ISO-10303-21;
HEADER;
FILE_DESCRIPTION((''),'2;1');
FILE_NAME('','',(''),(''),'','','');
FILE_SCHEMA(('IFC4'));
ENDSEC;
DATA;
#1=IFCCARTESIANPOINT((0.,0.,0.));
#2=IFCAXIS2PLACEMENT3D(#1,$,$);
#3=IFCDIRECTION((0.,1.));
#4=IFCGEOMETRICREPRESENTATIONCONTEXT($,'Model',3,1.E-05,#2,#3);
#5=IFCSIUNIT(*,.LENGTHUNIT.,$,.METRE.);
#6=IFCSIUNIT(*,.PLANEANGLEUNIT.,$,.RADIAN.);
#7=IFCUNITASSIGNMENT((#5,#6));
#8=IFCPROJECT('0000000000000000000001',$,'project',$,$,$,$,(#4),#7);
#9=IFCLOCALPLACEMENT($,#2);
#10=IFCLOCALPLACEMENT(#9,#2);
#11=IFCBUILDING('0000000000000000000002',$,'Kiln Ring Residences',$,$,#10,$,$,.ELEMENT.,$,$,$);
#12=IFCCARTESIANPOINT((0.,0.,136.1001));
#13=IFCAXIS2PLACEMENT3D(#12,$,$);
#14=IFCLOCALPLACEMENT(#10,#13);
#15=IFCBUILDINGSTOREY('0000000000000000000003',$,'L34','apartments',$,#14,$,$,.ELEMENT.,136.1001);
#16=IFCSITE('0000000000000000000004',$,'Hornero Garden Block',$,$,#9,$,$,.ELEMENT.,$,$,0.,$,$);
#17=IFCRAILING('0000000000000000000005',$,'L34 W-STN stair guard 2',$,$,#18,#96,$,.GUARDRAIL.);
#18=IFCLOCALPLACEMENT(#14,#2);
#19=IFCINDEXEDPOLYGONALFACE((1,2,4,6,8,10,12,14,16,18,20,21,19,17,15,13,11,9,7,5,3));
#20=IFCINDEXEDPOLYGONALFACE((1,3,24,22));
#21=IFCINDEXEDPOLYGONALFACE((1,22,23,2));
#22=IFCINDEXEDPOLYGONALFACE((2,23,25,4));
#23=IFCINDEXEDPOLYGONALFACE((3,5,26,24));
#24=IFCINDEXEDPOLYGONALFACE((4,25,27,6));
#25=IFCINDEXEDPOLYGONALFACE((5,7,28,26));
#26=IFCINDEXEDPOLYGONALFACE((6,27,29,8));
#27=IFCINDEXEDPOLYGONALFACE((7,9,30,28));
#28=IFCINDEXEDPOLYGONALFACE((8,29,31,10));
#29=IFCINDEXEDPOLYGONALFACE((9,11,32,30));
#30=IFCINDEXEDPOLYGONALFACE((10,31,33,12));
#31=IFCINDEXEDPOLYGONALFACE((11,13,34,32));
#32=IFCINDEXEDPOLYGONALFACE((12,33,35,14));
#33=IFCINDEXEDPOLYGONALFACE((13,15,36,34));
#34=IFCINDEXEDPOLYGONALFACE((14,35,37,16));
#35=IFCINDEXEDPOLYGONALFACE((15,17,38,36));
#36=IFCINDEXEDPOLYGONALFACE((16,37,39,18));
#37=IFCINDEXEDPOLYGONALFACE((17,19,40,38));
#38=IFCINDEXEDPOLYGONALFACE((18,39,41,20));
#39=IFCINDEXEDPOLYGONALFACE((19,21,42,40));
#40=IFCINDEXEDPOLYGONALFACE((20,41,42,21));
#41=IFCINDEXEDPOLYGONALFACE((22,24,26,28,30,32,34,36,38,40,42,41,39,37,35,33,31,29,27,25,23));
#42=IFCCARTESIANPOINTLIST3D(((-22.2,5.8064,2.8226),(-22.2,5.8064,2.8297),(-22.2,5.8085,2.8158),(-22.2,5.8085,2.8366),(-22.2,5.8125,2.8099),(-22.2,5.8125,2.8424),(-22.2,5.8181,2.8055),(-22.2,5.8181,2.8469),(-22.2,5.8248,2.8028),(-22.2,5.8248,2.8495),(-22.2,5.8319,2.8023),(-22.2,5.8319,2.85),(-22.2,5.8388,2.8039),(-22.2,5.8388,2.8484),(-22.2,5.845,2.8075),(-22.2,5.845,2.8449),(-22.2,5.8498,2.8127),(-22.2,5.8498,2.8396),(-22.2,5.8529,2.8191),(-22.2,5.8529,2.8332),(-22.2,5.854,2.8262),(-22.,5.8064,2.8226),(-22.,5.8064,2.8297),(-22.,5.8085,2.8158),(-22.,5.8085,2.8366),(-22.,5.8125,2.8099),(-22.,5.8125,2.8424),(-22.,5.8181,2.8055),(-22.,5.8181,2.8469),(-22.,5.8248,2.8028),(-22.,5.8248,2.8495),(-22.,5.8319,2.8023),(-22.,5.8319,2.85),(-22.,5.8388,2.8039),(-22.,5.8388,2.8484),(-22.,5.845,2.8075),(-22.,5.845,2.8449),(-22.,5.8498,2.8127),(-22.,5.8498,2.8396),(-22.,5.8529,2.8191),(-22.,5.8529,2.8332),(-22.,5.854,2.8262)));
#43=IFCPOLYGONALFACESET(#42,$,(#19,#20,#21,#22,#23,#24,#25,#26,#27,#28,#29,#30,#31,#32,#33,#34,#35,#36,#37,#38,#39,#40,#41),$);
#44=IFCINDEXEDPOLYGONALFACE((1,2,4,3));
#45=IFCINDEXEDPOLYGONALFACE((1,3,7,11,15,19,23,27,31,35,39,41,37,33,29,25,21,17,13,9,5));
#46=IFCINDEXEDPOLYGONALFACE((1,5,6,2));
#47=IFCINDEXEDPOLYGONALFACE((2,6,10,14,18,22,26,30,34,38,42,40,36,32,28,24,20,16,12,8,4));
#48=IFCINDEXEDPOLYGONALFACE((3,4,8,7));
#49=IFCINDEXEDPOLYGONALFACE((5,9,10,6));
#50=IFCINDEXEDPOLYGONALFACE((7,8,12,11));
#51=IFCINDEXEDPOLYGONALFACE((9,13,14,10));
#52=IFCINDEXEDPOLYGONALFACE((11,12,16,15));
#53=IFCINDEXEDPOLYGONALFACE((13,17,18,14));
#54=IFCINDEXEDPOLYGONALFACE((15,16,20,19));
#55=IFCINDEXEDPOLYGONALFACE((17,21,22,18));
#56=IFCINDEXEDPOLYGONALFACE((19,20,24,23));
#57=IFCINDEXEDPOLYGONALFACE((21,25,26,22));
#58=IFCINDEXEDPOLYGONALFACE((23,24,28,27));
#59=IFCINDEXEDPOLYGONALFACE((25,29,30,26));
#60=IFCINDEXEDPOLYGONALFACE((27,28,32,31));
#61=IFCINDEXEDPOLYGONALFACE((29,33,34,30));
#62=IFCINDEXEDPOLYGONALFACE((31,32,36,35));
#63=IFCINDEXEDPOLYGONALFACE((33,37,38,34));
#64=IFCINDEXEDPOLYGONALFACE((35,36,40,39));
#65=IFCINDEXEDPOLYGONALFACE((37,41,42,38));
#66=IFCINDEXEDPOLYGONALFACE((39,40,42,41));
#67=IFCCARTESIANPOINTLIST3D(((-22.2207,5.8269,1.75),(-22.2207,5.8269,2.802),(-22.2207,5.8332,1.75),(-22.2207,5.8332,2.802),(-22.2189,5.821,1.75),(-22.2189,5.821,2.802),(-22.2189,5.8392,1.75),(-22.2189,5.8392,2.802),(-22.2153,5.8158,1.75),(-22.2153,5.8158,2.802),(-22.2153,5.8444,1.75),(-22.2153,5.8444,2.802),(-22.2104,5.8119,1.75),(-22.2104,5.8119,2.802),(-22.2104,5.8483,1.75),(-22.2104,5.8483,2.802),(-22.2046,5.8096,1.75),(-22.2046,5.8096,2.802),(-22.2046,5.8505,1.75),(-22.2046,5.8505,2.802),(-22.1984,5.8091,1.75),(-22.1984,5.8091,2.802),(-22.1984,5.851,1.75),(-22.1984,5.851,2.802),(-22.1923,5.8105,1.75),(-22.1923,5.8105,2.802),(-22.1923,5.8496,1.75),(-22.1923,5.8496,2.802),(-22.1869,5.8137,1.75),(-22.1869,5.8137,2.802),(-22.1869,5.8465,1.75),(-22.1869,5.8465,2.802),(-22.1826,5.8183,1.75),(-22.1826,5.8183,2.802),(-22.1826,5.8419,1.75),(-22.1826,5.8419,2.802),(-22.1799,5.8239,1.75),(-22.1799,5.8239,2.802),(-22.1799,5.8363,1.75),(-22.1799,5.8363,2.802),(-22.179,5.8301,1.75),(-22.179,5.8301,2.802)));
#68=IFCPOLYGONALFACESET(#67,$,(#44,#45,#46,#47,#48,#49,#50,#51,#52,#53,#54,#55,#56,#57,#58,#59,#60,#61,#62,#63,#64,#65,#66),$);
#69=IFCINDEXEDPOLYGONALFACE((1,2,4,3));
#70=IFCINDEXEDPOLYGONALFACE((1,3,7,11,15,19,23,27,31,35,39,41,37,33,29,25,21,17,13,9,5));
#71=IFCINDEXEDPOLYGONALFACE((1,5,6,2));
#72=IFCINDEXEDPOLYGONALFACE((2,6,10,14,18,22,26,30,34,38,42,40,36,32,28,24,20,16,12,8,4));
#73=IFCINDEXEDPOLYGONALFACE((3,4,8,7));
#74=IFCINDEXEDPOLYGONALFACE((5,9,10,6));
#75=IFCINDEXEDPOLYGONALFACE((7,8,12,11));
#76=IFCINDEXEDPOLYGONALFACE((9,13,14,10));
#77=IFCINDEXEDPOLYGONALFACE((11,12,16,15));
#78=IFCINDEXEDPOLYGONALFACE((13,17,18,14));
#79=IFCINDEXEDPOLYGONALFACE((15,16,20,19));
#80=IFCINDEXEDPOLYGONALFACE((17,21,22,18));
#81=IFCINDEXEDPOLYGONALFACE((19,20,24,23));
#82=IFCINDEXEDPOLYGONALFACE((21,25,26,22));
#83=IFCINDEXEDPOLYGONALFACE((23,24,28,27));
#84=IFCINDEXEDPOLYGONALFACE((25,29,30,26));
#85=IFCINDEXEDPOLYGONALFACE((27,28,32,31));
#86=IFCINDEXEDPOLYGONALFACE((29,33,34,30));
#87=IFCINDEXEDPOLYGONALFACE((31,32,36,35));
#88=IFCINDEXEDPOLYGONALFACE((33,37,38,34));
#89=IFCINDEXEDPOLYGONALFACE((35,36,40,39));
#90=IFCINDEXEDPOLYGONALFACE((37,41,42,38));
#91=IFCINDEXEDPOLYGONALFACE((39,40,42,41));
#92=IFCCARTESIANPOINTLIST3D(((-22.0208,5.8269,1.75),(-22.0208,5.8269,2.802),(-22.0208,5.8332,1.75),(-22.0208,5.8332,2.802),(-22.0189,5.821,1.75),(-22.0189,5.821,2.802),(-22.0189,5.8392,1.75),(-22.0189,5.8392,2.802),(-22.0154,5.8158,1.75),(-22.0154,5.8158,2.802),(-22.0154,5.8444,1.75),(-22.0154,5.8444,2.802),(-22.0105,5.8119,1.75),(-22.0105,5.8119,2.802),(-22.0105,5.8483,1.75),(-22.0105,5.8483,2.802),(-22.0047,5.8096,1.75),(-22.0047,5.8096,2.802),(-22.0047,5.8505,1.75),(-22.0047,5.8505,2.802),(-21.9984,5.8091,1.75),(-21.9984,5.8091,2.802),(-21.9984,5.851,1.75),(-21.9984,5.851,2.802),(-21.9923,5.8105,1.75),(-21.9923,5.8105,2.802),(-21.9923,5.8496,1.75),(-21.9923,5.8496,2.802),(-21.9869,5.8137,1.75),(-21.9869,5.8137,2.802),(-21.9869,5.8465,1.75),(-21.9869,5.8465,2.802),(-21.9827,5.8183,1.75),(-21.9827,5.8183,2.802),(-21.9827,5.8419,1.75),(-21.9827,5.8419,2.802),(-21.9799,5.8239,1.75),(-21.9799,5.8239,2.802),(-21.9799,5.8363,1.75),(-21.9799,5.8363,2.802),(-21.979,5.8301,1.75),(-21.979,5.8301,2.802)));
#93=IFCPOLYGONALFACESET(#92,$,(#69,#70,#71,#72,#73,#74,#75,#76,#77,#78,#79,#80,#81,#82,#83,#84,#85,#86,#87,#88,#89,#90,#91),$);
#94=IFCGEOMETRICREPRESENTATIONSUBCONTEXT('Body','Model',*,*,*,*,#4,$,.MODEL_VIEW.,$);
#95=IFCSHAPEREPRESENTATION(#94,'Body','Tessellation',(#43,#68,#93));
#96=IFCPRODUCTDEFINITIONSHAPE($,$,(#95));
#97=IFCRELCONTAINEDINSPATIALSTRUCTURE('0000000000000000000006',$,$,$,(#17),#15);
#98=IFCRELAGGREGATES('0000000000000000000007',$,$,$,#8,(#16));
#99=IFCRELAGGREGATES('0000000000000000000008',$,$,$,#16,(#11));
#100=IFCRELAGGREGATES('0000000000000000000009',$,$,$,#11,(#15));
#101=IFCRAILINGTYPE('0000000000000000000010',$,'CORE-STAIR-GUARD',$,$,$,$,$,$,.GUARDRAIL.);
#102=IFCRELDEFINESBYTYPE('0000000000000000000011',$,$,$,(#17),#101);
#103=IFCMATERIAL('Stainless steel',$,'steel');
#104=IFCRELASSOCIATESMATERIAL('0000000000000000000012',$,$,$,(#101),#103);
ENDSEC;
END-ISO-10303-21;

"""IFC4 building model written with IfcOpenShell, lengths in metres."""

from ifc_helpers import new_model, si_unit, direction, frame, origin, origin_2d, place, context, subcontext, project, spatial, circle, extrude, material, type_object, element, save


model = new_model("IFC4")

# Units and contexts
model_context = context("Model", 3, precision=1e-05, world=origin(), true_north=direction((0.0, 1.0)))
body_context = subcontext(model_context, "Body", "Model", "MODEL_VIEW")
ifc_project = project(units=[si_unit("LENGTHUNIT", "METRE"), si_unit("PLANEANGLEUNIT", "RADIAN")], contexts=[model_context])

# Site, building, storey
site_placement = place(None, origin())
site = spatial("IfcSite", under=ifc_project, at=site_placement, Name="Hornero Garden Block", CompositionType="ELEMENT", RefElevation=0.0)
building_placement = place(site_placement, origin())
building = spatial("IfcBuilding", under=site, at=building_placement, Name="Kiln Ring Residences", CompositionType="ELEMENT")
storey_placement = place(building_placement, frame((0.0, 0.0, 136.1001)))
storey = spatial("IfcBuildingStorey", under=building, at=storey_placement, Name="L34", Description="apartments", CompositionType="ELEMENT", Elevation=136.1001)

# Railing
ifc_material_1 = material(Name="Stainless steel", Category="steel")
railing_type_1 = type_object("IfcRailingType", Name="CORE-STAIR-GUARD", PredefinedType="GUARDRAIL", material=ifc_material_1)
railing_1_placement = place(storey_placement, frame((-22.2, 5.8301, 1.75)))
element("IfcRailing", 1, at=railing_1_placement, inside=storey, type_object=railing_type_1, Name="L34 W-STN stair guard 2", PredefinedType="GUARDRAIL", context=body_context, shape_type="SweptSolid", body=[
    extrude(circle(Radius=0.0239, at=origin_2d()), frame((0.0, 0.0, 1.0762), z_axis=(1.0, 0.0, 0.0), x_axis=(0.0, 1.0, 0.0)), (0.0, 0.0, 1.0), 0.2),
    extrude(circle(Radius=0.021, at=origin_2d()), origin(), (0.0, 0.0, 1.0), 1.052),
    extrude(circle(Radius=0.021, at=origin_2d()), frame((0.2, 0.0, 0.0)), (0.0, 0.0, 1.0), 1.052),
])

save(model, "model.ifc")
